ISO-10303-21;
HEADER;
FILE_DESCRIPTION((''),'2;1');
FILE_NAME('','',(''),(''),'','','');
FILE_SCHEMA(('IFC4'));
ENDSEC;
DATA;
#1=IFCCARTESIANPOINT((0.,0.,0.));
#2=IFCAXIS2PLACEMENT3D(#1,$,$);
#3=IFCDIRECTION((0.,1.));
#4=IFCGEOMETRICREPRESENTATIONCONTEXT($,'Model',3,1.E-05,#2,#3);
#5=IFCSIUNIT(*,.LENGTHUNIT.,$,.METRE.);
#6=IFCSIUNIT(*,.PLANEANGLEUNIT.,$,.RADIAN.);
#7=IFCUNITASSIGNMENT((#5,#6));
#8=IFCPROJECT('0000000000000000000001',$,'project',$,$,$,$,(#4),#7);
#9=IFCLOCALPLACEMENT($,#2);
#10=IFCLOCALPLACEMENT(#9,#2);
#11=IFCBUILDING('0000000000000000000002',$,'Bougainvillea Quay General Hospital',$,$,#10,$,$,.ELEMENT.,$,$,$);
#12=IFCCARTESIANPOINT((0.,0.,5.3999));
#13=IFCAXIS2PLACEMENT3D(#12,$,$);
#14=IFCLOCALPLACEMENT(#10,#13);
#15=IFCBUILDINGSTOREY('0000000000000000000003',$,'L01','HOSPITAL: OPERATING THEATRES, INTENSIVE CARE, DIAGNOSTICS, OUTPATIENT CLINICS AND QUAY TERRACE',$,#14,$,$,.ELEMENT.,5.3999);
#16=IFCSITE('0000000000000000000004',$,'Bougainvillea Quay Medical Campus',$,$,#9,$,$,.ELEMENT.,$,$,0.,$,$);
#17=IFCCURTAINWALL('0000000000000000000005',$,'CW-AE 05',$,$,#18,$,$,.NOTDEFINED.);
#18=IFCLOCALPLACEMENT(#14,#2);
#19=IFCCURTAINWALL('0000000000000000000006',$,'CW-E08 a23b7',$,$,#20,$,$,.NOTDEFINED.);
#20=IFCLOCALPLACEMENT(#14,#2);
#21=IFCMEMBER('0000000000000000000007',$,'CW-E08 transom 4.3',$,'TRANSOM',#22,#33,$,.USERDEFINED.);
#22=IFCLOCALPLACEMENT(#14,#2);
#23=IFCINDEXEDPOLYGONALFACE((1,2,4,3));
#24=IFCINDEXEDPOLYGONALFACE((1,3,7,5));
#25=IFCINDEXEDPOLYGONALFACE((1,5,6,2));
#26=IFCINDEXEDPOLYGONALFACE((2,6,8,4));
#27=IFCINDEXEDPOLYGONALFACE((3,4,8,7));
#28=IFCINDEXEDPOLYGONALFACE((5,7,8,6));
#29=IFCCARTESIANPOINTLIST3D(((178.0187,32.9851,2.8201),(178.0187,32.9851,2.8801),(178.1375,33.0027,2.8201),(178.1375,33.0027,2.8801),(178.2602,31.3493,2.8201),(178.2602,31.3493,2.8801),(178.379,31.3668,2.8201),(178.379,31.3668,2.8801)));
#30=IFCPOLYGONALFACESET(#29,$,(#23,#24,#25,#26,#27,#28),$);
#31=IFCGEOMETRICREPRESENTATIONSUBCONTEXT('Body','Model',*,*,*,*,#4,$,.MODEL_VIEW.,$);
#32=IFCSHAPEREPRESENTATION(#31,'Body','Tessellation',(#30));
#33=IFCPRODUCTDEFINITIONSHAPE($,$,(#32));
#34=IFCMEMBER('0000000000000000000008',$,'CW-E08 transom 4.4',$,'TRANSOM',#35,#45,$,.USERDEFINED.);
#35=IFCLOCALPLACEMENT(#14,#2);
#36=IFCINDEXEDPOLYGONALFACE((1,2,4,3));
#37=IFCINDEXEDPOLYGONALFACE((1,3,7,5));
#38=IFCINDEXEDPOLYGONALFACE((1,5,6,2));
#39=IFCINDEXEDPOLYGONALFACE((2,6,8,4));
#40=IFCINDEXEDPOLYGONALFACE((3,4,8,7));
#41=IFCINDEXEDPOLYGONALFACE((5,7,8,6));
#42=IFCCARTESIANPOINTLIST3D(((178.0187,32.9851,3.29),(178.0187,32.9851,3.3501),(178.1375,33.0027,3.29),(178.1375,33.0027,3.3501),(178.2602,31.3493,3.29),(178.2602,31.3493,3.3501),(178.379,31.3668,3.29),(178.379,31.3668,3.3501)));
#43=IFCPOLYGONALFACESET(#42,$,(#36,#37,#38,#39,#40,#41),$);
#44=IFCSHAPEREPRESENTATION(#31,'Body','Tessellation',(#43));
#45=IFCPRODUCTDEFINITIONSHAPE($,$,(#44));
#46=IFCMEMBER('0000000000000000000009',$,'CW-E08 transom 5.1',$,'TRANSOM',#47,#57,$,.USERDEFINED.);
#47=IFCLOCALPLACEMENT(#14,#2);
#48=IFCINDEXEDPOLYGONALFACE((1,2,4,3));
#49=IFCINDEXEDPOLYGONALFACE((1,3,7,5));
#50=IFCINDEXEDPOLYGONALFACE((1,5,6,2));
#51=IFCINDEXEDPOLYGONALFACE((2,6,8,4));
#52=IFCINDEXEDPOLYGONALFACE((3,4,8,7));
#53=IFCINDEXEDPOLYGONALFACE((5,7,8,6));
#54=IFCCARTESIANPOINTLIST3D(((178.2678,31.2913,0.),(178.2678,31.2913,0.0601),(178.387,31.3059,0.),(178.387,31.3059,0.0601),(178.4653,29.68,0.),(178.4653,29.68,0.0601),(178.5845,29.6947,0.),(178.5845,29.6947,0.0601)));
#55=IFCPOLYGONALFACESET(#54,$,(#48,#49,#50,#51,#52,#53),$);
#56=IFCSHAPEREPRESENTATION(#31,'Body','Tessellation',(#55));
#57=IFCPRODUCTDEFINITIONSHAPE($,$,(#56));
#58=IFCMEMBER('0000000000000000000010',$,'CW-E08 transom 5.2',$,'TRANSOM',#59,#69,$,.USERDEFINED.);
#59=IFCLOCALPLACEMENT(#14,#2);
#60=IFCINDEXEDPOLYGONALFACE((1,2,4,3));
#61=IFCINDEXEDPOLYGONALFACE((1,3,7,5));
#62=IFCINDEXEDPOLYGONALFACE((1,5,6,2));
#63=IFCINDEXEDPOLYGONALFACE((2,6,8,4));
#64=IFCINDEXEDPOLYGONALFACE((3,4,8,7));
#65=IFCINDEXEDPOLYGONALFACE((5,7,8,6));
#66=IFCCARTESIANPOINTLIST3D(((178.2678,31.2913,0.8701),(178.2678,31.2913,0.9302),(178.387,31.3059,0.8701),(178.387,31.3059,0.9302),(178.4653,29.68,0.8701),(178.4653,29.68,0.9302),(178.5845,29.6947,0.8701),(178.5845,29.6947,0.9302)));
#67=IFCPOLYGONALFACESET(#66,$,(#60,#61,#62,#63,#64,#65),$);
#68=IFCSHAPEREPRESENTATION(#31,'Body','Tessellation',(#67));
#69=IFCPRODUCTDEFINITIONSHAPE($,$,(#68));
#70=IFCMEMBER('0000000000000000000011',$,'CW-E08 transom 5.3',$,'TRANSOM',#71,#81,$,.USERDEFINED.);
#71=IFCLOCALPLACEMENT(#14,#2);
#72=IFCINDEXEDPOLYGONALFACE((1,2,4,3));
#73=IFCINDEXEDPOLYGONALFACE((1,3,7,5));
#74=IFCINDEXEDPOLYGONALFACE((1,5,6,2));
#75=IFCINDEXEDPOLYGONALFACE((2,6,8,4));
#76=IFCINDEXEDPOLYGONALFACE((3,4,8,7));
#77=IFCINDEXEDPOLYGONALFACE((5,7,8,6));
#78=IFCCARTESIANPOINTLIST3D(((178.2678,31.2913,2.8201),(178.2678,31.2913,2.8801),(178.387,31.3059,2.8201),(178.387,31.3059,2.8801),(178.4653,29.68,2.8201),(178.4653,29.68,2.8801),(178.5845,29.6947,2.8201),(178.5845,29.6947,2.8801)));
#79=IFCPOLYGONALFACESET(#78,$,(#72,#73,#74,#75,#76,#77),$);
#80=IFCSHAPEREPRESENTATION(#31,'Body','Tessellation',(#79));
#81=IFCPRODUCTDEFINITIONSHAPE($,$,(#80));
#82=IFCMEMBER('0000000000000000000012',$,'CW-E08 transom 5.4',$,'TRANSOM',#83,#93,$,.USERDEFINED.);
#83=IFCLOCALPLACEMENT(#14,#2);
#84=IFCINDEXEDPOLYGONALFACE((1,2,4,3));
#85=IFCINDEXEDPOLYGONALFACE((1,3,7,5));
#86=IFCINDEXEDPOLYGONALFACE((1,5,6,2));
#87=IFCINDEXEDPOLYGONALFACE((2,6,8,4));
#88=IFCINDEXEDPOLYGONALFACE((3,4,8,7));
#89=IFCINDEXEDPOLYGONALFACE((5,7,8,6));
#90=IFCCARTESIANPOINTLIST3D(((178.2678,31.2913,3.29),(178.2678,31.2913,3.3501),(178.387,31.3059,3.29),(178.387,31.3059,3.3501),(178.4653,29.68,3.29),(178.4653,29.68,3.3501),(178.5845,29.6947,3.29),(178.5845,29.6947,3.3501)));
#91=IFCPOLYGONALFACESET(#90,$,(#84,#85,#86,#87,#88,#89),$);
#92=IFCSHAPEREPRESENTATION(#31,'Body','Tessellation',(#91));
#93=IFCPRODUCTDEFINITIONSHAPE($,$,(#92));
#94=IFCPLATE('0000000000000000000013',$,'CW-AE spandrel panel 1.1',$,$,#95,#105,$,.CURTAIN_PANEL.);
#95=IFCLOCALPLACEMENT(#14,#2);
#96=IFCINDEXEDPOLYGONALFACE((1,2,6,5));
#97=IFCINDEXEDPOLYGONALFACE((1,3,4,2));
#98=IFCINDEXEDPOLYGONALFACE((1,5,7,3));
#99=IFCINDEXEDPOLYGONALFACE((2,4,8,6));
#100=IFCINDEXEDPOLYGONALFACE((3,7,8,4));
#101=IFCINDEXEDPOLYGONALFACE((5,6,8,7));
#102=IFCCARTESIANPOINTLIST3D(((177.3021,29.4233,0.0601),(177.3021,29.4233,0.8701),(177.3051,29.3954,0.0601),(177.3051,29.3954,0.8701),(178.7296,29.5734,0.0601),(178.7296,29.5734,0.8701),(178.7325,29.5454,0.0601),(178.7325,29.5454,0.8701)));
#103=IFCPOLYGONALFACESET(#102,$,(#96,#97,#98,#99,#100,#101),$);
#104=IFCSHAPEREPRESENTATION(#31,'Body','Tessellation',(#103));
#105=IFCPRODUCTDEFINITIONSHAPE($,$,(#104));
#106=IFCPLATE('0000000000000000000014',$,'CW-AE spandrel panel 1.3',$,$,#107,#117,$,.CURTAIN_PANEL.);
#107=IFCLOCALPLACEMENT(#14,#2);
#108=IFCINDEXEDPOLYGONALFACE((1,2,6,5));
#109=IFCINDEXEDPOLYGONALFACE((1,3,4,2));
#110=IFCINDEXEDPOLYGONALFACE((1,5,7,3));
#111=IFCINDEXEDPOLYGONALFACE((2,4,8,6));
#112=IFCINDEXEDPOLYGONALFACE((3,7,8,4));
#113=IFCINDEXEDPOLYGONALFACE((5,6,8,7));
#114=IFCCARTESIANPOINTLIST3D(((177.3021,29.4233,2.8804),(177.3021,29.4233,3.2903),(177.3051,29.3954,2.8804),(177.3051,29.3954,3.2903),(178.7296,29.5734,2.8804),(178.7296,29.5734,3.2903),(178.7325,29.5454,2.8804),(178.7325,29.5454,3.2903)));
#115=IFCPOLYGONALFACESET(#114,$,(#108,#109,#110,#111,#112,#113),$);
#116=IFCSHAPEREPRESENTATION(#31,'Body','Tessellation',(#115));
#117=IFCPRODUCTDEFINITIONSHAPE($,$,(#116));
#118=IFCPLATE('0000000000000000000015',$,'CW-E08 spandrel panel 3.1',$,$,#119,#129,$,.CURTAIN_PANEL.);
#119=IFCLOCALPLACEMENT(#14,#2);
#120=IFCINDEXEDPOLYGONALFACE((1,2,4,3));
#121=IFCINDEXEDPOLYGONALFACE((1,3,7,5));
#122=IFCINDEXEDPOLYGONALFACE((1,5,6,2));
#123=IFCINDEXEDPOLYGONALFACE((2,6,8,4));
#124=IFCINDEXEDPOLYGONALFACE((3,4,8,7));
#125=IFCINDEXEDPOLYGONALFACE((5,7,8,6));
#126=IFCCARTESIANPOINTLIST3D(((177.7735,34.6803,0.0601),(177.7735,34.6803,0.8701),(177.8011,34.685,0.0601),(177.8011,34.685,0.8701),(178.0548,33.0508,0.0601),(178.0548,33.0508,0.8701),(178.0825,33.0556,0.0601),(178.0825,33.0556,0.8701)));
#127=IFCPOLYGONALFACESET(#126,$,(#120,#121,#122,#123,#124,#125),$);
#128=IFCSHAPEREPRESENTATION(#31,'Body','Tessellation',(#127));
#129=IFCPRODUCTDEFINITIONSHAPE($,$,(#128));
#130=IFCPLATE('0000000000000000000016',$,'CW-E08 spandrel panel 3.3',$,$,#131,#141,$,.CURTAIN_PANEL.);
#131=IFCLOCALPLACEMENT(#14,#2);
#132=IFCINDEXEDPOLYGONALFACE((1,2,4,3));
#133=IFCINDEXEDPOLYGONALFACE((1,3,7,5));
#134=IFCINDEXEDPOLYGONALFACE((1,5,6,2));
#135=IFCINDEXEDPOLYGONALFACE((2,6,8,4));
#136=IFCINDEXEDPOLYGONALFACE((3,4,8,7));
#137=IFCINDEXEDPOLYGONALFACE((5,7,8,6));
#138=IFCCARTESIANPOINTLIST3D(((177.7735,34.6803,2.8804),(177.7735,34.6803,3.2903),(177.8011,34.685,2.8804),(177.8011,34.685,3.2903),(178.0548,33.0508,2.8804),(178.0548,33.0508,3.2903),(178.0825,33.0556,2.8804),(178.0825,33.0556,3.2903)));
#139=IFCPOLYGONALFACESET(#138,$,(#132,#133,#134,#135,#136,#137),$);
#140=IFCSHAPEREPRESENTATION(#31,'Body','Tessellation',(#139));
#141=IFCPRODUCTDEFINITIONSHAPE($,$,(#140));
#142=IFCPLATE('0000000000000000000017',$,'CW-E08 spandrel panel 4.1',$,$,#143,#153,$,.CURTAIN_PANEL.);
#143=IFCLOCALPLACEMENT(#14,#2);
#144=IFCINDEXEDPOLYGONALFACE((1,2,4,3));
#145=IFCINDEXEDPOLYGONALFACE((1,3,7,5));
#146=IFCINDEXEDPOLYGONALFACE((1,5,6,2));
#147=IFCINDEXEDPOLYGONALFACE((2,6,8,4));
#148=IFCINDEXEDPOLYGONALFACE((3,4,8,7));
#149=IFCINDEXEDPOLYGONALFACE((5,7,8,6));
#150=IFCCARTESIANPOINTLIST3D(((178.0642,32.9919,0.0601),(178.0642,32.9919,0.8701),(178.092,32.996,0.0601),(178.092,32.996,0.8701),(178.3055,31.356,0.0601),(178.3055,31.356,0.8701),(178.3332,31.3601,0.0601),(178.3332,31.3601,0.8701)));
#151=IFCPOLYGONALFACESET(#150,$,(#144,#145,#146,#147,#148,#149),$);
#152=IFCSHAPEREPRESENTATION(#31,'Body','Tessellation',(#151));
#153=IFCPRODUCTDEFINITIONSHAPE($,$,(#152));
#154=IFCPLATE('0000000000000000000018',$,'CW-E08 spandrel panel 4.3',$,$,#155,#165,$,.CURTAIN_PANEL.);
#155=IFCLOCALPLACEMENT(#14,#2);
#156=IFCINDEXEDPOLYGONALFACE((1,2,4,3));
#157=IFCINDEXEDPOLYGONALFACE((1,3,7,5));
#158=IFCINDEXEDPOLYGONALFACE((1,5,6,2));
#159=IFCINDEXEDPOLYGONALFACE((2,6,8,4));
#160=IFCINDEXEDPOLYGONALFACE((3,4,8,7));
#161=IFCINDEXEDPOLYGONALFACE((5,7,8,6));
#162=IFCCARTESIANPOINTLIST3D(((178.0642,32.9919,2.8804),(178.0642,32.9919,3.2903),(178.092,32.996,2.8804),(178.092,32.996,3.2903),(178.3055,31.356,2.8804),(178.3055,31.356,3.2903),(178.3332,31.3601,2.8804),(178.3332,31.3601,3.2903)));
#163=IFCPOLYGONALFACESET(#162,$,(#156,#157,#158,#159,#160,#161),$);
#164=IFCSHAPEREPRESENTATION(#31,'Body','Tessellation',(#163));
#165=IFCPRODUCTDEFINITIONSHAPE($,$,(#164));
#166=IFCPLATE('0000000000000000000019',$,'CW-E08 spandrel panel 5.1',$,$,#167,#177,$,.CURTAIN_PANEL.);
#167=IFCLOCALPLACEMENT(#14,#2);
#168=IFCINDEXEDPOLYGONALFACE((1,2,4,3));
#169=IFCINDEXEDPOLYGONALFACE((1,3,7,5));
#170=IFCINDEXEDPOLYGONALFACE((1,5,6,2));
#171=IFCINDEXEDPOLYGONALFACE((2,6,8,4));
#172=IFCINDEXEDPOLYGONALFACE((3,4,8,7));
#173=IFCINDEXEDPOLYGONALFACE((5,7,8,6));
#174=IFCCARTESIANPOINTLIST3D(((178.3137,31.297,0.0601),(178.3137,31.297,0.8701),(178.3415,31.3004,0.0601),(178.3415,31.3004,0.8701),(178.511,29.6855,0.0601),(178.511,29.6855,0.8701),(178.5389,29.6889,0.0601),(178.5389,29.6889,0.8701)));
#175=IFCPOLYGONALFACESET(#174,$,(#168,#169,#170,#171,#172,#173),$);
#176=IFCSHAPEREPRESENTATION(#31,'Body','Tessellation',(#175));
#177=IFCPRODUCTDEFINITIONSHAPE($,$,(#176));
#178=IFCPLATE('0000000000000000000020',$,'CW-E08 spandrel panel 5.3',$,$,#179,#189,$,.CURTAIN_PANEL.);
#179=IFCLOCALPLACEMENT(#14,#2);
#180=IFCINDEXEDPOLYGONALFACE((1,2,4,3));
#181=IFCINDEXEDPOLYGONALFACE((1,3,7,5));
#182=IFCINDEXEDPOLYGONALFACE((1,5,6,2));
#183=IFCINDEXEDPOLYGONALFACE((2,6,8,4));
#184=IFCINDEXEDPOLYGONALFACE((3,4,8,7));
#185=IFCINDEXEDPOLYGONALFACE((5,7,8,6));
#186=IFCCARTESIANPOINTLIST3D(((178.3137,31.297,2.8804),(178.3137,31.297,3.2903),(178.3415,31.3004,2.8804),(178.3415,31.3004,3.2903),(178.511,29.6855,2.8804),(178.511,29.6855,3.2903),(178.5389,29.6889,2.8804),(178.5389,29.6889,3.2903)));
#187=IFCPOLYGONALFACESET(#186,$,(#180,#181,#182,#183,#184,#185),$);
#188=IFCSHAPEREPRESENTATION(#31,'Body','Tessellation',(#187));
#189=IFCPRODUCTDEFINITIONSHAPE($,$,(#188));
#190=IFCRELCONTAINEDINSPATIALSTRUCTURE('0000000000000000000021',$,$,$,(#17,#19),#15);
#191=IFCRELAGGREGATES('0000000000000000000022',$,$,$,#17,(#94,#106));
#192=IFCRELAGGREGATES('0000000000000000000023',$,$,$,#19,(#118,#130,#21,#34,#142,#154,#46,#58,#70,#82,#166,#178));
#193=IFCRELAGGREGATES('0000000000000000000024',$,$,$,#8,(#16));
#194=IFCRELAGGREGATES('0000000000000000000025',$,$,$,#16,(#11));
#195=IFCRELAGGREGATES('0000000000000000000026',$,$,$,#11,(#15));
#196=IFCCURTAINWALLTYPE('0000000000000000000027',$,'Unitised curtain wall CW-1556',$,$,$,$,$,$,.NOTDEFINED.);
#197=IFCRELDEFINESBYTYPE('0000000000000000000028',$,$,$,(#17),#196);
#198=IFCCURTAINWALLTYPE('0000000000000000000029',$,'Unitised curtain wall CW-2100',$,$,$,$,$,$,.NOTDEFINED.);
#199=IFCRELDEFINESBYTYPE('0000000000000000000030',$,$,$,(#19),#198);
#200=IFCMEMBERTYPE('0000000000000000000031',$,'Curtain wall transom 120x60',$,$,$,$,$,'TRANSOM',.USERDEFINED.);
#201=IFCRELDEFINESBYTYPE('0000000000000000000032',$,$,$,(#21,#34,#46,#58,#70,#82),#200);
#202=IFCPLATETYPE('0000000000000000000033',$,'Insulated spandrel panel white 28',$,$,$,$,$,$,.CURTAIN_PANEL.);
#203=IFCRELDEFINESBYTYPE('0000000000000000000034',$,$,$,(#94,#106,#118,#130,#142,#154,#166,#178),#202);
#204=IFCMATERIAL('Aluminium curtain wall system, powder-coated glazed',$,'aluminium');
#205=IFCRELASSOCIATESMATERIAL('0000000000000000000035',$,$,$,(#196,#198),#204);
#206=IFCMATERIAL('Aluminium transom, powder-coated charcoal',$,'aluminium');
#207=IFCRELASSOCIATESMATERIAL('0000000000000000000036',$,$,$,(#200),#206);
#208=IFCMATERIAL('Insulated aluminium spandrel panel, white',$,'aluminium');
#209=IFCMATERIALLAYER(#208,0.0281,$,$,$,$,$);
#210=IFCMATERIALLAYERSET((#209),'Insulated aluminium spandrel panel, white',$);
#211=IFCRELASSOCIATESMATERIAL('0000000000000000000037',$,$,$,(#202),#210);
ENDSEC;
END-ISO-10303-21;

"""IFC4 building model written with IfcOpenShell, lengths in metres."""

from ifc_helpers import new_model, si_unit, direction, frame, origin, origin_2d, place, context, subcontext, project, spatial, rectangle, extrude, material, layer, layer_set, material_profile, profile_set, type_object, element, aggregate, save


model = new_model("IFC4")

# Units and contexts
model_context = context("Model", 3, precision=1e-05, world=origin(), true_north=direction((0.0, 1.0)))
body_context = subcontext(model_context, "Body", "Model", "MODEL_VIEW")
ifc_project = project(units=[si_unit("LENGTHUNIT", "METRE"), si_unit("PLANEANGLEUNIT", "RADIAN")], contexts=[model_context])

# Site, building, storey
site_placement = place(None, origin())
site = spatial("IfcSite", under=ifc_project, at=site_placement, Name="Bougainvillea Quay Medical Campus", CompositionType="ELEMENT", RefElevation=0.0)
building_placement = place(site_placement, origin())
building = spatial("IfcBuilding", under=site, at=building_placement, Name="Bougainvillea Quay General Hospital", CompositionType="ELEMENT")
storey_placement = place(building_placement, frame((0.0, 0.0, 5.3999)))
storey = spatial("IfcBuildingStorey", under=building, at=storey_placement, Name="L01", Description="HOSPITAL: OPERATING THEATRES, INTENSIVE CARE, DIAGNOSTICS, OUTPATIENT CLINICS AND QUAY TERRACE", CompositionType="ELEMENT", Elevation=5.3999)

# Curtain wall
ifc_material_1 = material(Name="Aluminium curtain wall system, powder-coated glazed", Category="aluminium")
curtain_wall_type_1 = type_object("IfcCurtainWallType", Name="Unitised curtain wall CW-1556", PredefinedType="NOTDEFINED", material=ifc_material_1)
curtain_wall_1_placement = place(storey_placement, origin())
curtain_wall_1 = element("IfcCurtainWall", 1, at=curtain_wall_1_placement, inside=storey, type_object=curtain_wall_type_1, Name="CW-AE 05", PredefinedType="NOTDEFINED")

# Curtain wall
curtain_wall_type_2 = type_object("IfcCurtainWallType", Name="Unitised curtain wall CW-2100", PredefinedType="NOTDEFINED", material=ifc_material_1)
curtain_wall_2_placement = place(storey_placement, origin())
curtain_wall_2 = element("IfcCurtainWall", 2, at=curtain_wall_2_placement, inside=storey, type_object=curtain_wall_type_2, Name="CW-E08 a23b7", PredefinedType="NOTDEFINED")

# Members
ifc_material_2 = material(Name="Aluminium transom, powder-coated charcoal", Category="aluminium")
ifc_material_profile_1 = material_profile(ifc_material_2, rectangle(XDim=0.1201, YDim=0.0601, at=origin_2d()))
ifc_profile_set_1 = profile_set([ifc_material_profile_1], Name="Aluminium transom, powder-coated charcoal")
member_type_1 = type_object("IfcMemberType", Name="Curtain wall transom 120x60", ElementType="TRANSOM", PredefinedType="USERDEFINED", material=ifc_profile_set_1)
member_1_placement = place(storey_placement, frame((178.0781, 32.9939, 2.8501), z_axis=(0.14603, -0.98928, 0.0), x_axis=(0.98928, 0.14603, 0.0)))
member_1 = element("IfcMember", 3, at=member_1_placement, type_object=member_type_1, Name="CW-E08 transom 4.3", ObjectType="TRANSOM", PredefinedType="USERDEFINED", context=body_context, shape_type="SweptSolid", body=[
    extrude(rectangle(XDim=0.1201, YDim=0.0601, at=origin_2d()), origin(), (0.0, 0.0, 1.0), 1.6536),
])
member_2_placement = place(storey_placement, frame((178.0781, 32.9939, 3.3201), z_axis=(0.14603, -0.98928, 0.0), x_axis=(0.98928, 0.14603, 0.0)))
member_2 = element("IfcMember", 4, at=member_2_placement, type_object=member_type_1, Name="CW-E08 transom 4.4", ObjectType="TRANSOM", PredefinedType="USERDEFINED", context=body_context, shape_type="SweptSolid", body=[
    extrude(rectangle(XDim=0.1201, YDim=0.0601, at=origin_2d()), origin(), (0.0, 0.0, 1.0), 1.6536),
])
member_3_placement = place(storey_placement, frame((178.3274, 31.2986, 0.03), z_axis=(0.121665, -0.992571, 0.0), x_axis=(0.992571, 0.121665, 0.0)))
member_3 = element("IfcMember", 5, at=member_3_placement, type_object=member_type_1, Name="CW-E08 transom 5.1", ObjectType="TRANSOM", PredefinedType="USERDEFINED", context=body_context, shape_type="SweptSolid", body=[
    extrude(rectangle(XDim=0.1201, YDim=0.0601, at=origin_2d()), origin(), (0.0, 0.0, 1.0), 1.6233),
])
member_4_placement = place(storey_placement, frame((178.3274, 31.2986, 0.9001), z_axis=(0.121665, -0.992571, 0.0), x_axis=(0.992571, 0.121665, 0.0)))
member_4 = element("IfcMember", 6, at=member_4_placement, type_object=member_type_1, Name="CW-E08 transom 5.2", ObjectType="TRANSOM", PredefinedType="USERDEFINED", context=body_context, shape_type="SweptSolid", body=[
    extrude(rectangle(XDim=0.1201, YDim=0.0601, at=origin_2d()), origin(), (0.0, 0.0, 1.0), 1.6233),
])
member_5_placement = place(storey_placement, frame((178.3274, 31.2986, 2.8501), z_axis=(0.121665, -0.992571, 0.0), x_axis=(0.992571, 0.121665, 0.0)))
member_5 = element("IfcMember", 7, at=member_5_placement, type_object=member_type_1, Name="CW-E08 transom 5.3", ObjectType="TRANSOM", PredefinedType="USERDEFINED", context=body_context, shape_type="SweptSolid", body=[
    extrude(rectangle(XDim=0.1201, YDim=0.0601, at=origin_2d()), origin(), (0.0, 0.0, 1.0), 1.6233),
])
member_6_placement = place(storey_placement, frame((178.3274, 31.2986, 3.3201), z_axis=(0.121665, -0.992571, 0.0), x_axis=(0.992571, 0.121665, 0.0)))
member_6 = element("IfcMember", 8, at=member_6_placement, type_object=member_type_1, Name="CW-E08 transom 5.4", ObjectType="TRANSOM", PredefinedType="USERDEFINED", context=body_context, shape_type="SweptSolid", body=[
    extrude(rectangle(XDim=0.1201, YDim=0.0601, at=origin_2d()), origin(), (0.0, 0.0, 1.0), 1.6233),
])

# Plates
ifc_material_3 = material(Name="Insulated aluminium spandrel panel, white", Category="aluminium")
ifc_layer_1 = layer(ifc_material_3, 0.0281)
ifc_layer_set_1 = layer_set([ifc_layer_1], Name="Insulated aluminium spandrel panel, white")
plate_type_1 = type_object("IfcPlateType", Name="Insulated spandrel panel white 28", PredefinedType="CURTAIN_PANEL", material=ifc_layer_set_1)
plate_1_placement = place(storey_placement, frame((178.0173, 29.4844, 0.0601), z_axis=(0.0, 0.0, 1.0), x_axis=(0.994522, 0.104527, 0.0)))
plate_1 = element("IfcPlate", 9, at=plate_1_placement, type_object=plate_type_1, Name="CW-AE spandrel panel 1.1", PredefinedType="CURTAIN_PANEL", context=body_context, shape_type="SweptSolid", body=[
    extrude(rectangle(XDim=1.4353, YDim=0.0281, at=origin_2d()), origin(), (0.0, 0.0, 1.0), 0.8101),
])
plate_2_placement = place(storey_placement, frame((178.0173, 29.4844, 2.8804), z_axis=(0.0, 0.0, 1.0), x_axis=(0.994522, 0.104527, 0.0)))
plate_2 = element("IfcPlate", 10, at=plate_2_placement, type_object=plate_type_1, Name="CW-AE spandrel panel 1.3", PredefinedType="CURTAIN_PANEL", context=body_context, shape_type="SweptSolid", body=[
    extrude(rectangle(XDim=1.4353, YDim=0.0281, at=origin_2d()), origin(), (0.0, 0.0, 1.0), 0.4099),
])
plate_3_placement = place(storey_placement, frame((177.928, 33.8679, 0.0601), z_axis=(0.0, 0.0, 1.0), x_axis=(0.17016, -0.985416, 0.0)))
plate_3 = element("IfcPlate", 11, at=plate_3_placement, type_object=plate_type_1, Name="CW-E08 spandrel panel 3.1", PredefinedType="CURTAIN_PANEL", context=body_context, shape_type="SweptSolid", body=[
    extrude(rectangle(XDim=1.6536, YDim=0.0281, at=origin_2d()), origin(), (0.0, 0.0, 1.0), 0.8101),
])
plate_4_placement = place(storey_placement, frame((177.928, 33.8679, 2.8804), z_axis=(0.0, 0.0, 1.0), x_axis=(0.17016, -0.985416, 0.0)))
plate_4 = element("IfcPlate", 12, at=plate_4_placement, type_object=plate_type_1, Name="CW-E08 spandrel panel 3.3", PredefinedType="CURTAIN_PANEL", context=body_context, shape_type="SweptSolid", body=[
    extrude(rectangle(XDim=1.6536, YDim=0.0281, at=origin_2d()), origin(), (0.0, 0.0, 1.0), 0.4099),
])
plate_5_placement = place(storey_placement, frame((178.1987, 32.176, 0.0601), z_axis=(0.0, 0.0, 1.0), x_axis=(0.145903, -0.989299, 0.0)))
plate_5 = element("IfcPlate", 13, at=plate_5_placement, type_object=plate_type_1, Name="CW-E08 spandrel panel 4.1", PredefinedType="CURTAIN_PANEL", context=body_context, shape_type="SweptSolid", body=[
    extrude(rectangle(XDim=1.6536, YDim=0.0281, at=origin_2d()), origin(), (0.0, 0.0, 1.0), 0.8101),
])
plate_6_placement = place(storey_placement, frame((178.1987, 32.176, 2.8804), z_axis=(0.0, 0.0, 1.0), x_axis=(0.145903, -0.989299, 0.0)))
plate_6 = element("IfcPlate", 14, at=plate_6_placement, type_object=plate_type_1, Name="CW-E08 spandrel panel 4.3", PredefinedType="CURTAIN_PANEL", context=body_context, shape_type="SweptSolid", body=[
    extrude(rectangle(XDim=1.6536, YDim=0.0281, at=origin_2d()), origin(), (0.0, 0.0, 1.0), 0.4099),
])
plate_7_placement = place(storey_placement, frame((178.4263, 30.4929, 0.0601), z_axis=(0.0, 0.0, 1.0), x_axis=(0.121558, -0.992584, 0.0)))
plate_7 = element("IfcPlate", 15, at=plate_7_placement, type_object=plate_type_1, Name="CW-E08 spandrel panel 5.1", PredefinedType="CURTAIN_PANEL", context=body_context, shape_type="SweptSolid", body=[
    extrude(rectangle(XDim=1.6235, YDim=0.0281, at=origin_2d()), origin(), (0.0, 0.0, 1.0), 0.8101),
])
plate_8_placement = place(storey_placement, frame((178.4263, 30.4929, 2.8804), z_axis=(0.0, 0.0, 1.0), x_axis=(0.121558, -0.992584, 0.0)))
plate_8 = element("IfcPlate", 16, at=plate_8_placement, type_object=plate_type_1, Name="CW-E08 spandrel panel 5.3", PredefinedType="CURTAIN_PANEL", context=body_context, shape_type="SweptSolid", body=[
    extrude(rectangle(XDim=1.6235, YDim=0.0281, at=origin_2d()), origin(), (0.0, 0.0, 1.0), 0.4099),
])
aggregate(curtain_wall_1, [plate_1, plate_2])
aggregate(curtain_wall_2, [plate_3, plate_4, member_1, member_2, plate_5, plate_6, member_3, member_4, member_5, member_6, plate_7, plate_8])

save(model, "model.ifc")
